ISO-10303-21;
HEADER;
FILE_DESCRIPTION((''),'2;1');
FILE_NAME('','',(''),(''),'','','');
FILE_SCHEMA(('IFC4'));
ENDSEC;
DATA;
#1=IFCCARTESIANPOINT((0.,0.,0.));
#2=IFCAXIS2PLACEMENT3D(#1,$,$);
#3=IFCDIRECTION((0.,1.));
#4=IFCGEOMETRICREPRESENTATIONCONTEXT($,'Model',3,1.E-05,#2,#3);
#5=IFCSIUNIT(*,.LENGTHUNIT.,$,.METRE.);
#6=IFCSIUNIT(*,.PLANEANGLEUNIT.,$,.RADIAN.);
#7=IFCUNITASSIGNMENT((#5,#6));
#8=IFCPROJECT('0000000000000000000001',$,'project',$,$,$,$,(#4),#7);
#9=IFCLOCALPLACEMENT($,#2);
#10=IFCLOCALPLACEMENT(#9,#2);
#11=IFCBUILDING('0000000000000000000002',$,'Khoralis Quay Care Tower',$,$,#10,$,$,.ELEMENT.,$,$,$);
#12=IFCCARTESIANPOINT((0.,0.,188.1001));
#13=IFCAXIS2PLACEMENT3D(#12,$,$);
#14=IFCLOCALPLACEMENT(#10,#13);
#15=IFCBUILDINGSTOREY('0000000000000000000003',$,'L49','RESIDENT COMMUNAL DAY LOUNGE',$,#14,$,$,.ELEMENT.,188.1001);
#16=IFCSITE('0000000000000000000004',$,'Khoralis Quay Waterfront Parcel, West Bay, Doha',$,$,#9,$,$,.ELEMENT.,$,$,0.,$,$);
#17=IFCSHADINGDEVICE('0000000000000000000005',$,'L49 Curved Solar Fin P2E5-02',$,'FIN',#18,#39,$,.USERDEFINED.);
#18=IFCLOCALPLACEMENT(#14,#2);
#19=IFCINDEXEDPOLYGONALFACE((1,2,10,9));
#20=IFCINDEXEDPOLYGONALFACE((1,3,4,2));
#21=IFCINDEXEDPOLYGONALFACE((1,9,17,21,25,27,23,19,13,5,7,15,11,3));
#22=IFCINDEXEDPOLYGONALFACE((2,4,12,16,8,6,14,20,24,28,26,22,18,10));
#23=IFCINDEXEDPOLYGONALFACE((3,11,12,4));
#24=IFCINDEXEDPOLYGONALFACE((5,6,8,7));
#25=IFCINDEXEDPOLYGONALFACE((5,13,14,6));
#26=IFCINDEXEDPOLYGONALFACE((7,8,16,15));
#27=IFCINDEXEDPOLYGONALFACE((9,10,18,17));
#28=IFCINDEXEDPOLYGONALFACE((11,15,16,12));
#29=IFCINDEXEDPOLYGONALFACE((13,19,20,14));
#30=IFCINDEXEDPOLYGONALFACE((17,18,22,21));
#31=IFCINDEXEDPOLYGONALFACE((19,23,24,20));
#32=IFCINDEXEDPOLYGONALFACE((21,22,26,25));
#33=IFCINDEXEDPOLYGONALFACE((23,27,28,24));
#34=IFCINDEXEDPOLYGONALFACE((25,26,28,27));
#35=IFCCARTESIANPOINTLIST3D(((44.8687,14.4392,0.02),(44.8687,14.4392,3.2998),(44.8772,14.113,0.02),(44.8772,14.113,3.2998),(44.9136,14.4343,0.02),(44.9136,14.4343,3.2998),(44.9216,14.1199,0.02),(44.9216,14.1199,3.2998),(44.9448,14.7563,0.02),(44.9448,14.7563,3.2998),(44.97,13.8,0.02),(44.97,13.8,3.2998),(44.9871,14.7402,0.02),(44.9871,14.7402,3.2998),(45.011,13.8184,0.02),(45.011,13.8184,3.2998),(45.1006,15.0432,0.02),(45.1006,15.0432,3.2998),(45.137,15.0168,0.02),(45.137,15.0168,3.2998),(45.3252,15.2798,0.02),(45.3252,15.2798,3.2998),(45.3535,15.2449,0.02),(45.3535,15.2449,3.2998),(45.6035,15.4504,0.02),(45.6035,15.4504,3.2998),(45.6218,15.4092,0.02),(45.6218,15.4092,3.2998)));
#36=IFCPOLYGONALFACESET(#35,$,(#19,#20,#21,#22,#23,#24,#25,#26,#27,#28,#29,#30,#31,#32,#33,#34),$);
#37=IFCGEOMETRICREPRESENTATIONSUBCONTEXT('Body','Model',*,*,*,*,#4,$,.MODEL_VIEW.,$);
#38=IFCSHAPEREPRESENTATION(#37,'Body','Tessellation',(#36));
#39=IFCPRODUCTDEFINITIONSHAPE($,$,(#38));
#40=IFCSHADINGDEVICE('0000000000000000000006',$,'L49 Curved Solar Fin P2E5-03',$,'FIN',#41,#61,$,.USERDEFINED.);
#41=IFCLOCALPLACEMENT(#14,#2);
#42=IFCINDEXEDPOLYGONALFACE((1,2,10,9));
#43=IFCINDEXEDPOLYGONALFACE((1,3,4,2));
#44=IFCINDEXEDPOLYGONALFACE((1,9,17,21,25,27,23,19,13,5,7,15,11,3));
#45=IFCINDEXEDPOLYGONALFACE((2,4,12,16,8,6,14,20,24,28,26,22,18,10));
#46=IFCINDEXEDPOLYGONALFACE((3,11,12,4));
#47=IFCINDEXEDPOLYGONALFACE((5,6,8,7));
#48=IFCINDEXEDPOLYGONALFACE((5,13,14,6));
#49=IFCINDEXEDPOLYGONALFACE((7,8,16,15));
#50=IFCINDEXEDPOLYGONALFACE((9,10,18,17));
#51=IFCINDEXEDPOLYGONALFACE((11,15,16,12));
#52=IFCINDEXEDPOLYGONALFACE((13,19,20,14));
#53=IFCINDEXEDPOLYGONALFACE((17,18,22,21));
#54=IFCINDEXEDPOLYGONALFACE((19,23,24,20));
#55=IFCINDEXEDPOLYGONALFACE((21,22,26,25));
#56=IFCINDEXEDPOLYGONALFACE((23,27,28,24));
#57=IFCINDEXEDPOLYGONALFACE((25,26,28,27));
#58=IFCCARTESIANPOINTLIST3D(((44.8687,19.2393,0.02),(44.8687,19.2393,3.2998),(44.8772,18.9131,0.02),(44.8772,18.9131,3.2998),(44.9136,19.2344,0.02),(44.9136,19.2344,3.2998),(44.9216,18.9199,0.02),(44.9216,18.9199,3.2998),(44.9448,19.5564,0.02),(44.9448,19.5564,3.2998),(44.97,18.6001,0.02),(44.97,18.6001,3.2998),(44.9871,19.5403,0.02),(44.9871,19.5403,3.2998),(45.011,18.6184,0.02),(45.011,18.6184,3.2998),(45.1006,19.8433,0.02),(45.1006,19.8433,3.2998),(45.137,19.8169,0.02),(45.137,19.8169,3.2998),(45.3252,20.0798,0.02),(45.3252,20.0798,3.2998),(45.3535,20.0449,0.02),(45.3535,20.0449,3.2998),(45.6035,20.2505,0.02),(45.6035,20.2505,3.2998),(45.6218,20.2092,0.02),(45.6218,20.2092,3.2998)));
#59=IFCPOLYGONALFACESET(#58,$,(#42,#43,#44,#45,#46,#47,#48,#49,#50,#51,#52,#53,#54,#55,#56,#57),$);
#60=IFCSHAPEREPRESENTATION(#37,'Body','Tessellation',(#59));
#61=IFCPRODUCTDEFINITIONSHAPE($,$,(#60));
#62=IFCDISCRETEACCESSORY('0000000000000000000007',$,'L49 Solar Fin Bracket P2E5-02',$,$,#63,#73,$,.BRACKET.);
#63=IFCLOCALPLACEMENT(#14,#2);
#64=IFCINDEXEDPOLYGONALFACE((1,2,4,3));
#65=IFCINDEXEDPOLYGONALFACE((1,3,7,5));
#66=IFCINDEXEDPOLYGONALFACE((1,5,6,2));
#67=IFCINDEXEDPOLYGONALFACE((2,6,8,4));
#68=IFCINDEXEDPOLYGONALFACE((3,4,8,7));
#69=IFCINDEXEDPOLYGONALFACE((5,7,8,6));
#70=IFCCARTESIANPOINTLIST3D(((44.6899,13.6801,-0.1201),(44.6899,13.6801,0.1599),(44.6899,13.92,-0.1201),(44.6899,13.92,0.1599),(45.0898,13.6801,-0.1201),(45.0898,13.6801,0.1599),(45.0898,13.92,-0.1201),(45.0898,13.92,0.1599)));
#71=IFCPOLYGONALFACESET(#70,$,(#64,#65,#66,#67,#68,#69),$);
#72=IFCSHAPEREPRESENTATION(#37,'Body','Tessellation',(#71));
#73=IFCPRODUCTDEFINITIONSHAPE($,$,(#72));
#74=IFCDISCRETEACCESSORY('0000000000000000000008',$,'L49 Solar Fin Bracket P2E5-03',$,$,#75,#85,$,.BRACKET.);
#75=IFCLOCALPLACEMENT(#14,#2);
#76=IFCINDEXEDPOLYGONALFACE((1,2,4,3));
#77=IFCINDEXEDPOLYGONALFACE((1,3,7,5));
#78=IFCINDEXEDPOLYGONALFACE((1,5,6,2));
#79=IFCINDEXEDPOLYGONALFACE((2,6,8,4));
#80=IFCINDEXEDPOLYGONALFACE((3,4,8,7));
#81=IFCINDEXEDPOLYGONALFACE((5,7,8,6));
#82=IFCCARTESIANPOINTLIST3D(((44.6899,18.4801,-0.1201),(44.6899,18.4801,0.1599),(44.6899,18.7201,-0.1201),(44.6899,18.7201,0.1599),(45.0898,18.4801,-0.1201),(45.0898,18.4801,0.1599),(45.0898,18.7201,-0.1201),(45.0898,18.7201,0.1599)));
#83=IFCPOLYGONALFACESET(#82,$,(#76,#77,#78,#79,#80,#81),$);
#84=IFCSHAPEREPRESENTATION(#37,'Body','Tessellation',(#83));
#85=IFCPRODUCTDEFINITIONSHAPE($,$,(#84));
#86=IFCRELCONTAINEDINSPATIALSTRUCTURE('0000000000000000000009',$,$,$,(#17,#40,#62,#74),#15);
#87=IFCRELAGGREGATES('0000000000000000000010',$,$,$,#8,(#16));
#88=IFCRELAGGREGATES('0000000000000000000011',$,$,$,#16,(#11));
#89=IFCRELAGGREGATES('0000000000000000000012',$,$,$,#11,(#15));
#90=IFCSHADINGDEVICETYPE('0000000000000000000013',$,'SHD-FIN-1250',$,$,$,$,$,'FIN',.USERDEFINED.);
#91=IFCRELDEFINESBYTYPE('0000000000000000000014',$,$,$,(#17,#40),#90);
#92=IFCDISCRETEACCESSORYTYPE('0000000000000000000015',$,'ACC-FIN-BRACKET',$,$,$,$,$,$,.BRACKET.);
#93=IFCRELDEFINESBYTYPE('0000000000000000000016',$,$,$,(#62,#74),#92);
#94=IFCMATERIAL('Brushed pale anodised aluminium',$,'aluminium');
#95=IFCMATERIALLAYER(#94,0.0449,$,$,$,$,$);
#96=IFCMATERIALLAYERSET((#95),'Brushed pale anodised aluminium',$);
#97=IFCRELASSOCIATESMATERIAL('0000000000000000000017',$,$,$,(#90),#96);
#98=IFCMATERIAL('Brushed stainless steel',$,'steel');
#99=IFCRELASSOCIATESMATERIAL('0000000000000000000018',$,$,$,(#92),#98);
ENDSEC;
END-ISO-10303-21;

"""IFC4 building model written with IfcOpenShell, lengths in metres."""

from ifc_helpers import new_model, si_unit, direction, frame, origin, origin_2d, place, context, subcontext, project, spatial, polyline, rectangle, outline, extrude, source, transform, mapped, material, layer, layer_set, type_object, element, save


model = new_model("IFC4")

# Units and contexts
model_context = context("Model", 3, precision=1e-05, world=origin(), true_north=direction((0.0, 1.0)))
body_context = subcontext(model_context, "Body", "Model", "MODEL_VIEW")
ifc_project = project(units=[si_unit("LENGTHUNIT", "METRE"), si_unit("PLANEANGLEUNIT", "RADIAN")], contexts=[model_context])

# Site, building, storey
site_placement = place(None, origin())
site = spatial("IfcSite", under=ifc_project, at=site_placement, Name="Khoralis Quay Waterfront Parcel, West Bay, Doha", CompositionType="ELEMENT", RefElevation=0.0)
building_placement = place(site_placement, origin())
building = spatial("IfcBuilding", under=site, at=building_placement, Name="Khoralis Quay Care Tower", CompositionType="ELEMENT")
storey_placement = place(building_placement, frame((0.0, 0.0, 188.1001)))
storey = spatial("IfcBuildingStorey", under=building, at=storey_placement, Name="L49", Description="RESIDENT COMMUNAL DAY LOUNGE", CompositionType="ELEMENT", Elevation=188.1001)

# Shading devices
ifc_material_1 = material(Name="Brushed pale anodised aluminium", Category="aluminium")
ifc_layer_1 = layer(ifc_material_1, 0.0449)
ifc_layer_set_1 = layer_set([ifc_layer_1], Name="Brushed pale anodised aluminium")
shading_device_type = type_object("IfcShadingDeviceType", Name="SHD-FIN-1250", ElementType="FIN", PredefinedType="USERDEFINED", material=ifc_layer_set_1)
shared_shape_1 = source(origin(), body_context, "Body", "SweptSolid", [
    extrude(outline(polyline([(0.0, 0.0), (-0.0928, 0.313), (-0.1013, 0.6392), (-0.0251, 0.9563), (0.1306, 1.2432), (0.3552, 1.4797), (0.6335, 1.6504), (0.6519, 1.6091), (0.3835, 1.4448), (0.167, 1.2168), (0.0171, 0.9402), (-0.0564, 0.6343), (-0.0483, 0.3198), (0.041, 0.0183), (0.0, 0.0)])), origin(), (0.0, 0.0, 1.0), 3.2798),
])
for number, where, z_axis, x_axis, name in (
    (1, (44.97, 13.8, 0.02), (0.0, 0.0, 1.0), (1.0, 0.0, 0.0), "L49 Curved Solar Fin P2E5-02"),
    (2, (44.97, 18.6001, 0.02), (0.0, 0.0, 1.0), (1.0, 0.0, 0.0), "L49 Curved Solar Fin P2E5-03"),
):
    element("IfcShadingDevice", number, at=place(storey_placement, frame(where, z_axis=z_axis, x_axis=x_axis)), inside=storey, type_object=shading_device_type, Name=name, ObjectType="FIN", PredefinedType="USERDEFINED", context=body_context, shape_type="MappedRepresentation", body=[
        mapped(shared_shape_1, transform((0.0, 0.0, 0.0), scale=1.0)),
    ])

# Discrete accessories
ifc_material_2 = material(Name="Brushed stainless steel", Category="steel")
discrete_accessory_type = type_object("IfcDiscreteAccessoryType", Name="ACC-FIN-BRACKET", PredefinedType="BRACKET", material=ifc_material_2)
shared_shape_2 = source(origin(), body_context, "Body", "SweptSolid", [
    extrude(rectangle(XDim=0.3999, YDim=0.24, at=origin_2d()), origin(), (0.0, 0.0, 1.0), 0.28),
])
for number, where, z_axis, x_axis, name in (
    (3, (44.8899, 13.8, -0.1201), (0.0, 0.0, 1.0), (1.0, 0.0, 0.0), "L49 Solar Fin Bracket P2E5-02"),
    (4, (44.8899, 18.6001, -0.1201), (0.0, 0.0, 1.0), (1.0, 0.0, 0.0), "L49 Solar Fin Bracket P2E5-03"),
):
    element("IfcDiscreteAccessory", number, at=place(storey_placement, frame(where, z_axis=z_axis, x_axis=x_axis)), inside=storey, type_object=discrete_accessory_type, Name=name, PredefinedType="BRACKET", context=body_context, shape_type="MappedRepresentation", body=[
        mapped(shared_shape_2, transform((0.0, 0.0, 0.0), scale=1.0)),
    ])

save(model, "model.ifc")
